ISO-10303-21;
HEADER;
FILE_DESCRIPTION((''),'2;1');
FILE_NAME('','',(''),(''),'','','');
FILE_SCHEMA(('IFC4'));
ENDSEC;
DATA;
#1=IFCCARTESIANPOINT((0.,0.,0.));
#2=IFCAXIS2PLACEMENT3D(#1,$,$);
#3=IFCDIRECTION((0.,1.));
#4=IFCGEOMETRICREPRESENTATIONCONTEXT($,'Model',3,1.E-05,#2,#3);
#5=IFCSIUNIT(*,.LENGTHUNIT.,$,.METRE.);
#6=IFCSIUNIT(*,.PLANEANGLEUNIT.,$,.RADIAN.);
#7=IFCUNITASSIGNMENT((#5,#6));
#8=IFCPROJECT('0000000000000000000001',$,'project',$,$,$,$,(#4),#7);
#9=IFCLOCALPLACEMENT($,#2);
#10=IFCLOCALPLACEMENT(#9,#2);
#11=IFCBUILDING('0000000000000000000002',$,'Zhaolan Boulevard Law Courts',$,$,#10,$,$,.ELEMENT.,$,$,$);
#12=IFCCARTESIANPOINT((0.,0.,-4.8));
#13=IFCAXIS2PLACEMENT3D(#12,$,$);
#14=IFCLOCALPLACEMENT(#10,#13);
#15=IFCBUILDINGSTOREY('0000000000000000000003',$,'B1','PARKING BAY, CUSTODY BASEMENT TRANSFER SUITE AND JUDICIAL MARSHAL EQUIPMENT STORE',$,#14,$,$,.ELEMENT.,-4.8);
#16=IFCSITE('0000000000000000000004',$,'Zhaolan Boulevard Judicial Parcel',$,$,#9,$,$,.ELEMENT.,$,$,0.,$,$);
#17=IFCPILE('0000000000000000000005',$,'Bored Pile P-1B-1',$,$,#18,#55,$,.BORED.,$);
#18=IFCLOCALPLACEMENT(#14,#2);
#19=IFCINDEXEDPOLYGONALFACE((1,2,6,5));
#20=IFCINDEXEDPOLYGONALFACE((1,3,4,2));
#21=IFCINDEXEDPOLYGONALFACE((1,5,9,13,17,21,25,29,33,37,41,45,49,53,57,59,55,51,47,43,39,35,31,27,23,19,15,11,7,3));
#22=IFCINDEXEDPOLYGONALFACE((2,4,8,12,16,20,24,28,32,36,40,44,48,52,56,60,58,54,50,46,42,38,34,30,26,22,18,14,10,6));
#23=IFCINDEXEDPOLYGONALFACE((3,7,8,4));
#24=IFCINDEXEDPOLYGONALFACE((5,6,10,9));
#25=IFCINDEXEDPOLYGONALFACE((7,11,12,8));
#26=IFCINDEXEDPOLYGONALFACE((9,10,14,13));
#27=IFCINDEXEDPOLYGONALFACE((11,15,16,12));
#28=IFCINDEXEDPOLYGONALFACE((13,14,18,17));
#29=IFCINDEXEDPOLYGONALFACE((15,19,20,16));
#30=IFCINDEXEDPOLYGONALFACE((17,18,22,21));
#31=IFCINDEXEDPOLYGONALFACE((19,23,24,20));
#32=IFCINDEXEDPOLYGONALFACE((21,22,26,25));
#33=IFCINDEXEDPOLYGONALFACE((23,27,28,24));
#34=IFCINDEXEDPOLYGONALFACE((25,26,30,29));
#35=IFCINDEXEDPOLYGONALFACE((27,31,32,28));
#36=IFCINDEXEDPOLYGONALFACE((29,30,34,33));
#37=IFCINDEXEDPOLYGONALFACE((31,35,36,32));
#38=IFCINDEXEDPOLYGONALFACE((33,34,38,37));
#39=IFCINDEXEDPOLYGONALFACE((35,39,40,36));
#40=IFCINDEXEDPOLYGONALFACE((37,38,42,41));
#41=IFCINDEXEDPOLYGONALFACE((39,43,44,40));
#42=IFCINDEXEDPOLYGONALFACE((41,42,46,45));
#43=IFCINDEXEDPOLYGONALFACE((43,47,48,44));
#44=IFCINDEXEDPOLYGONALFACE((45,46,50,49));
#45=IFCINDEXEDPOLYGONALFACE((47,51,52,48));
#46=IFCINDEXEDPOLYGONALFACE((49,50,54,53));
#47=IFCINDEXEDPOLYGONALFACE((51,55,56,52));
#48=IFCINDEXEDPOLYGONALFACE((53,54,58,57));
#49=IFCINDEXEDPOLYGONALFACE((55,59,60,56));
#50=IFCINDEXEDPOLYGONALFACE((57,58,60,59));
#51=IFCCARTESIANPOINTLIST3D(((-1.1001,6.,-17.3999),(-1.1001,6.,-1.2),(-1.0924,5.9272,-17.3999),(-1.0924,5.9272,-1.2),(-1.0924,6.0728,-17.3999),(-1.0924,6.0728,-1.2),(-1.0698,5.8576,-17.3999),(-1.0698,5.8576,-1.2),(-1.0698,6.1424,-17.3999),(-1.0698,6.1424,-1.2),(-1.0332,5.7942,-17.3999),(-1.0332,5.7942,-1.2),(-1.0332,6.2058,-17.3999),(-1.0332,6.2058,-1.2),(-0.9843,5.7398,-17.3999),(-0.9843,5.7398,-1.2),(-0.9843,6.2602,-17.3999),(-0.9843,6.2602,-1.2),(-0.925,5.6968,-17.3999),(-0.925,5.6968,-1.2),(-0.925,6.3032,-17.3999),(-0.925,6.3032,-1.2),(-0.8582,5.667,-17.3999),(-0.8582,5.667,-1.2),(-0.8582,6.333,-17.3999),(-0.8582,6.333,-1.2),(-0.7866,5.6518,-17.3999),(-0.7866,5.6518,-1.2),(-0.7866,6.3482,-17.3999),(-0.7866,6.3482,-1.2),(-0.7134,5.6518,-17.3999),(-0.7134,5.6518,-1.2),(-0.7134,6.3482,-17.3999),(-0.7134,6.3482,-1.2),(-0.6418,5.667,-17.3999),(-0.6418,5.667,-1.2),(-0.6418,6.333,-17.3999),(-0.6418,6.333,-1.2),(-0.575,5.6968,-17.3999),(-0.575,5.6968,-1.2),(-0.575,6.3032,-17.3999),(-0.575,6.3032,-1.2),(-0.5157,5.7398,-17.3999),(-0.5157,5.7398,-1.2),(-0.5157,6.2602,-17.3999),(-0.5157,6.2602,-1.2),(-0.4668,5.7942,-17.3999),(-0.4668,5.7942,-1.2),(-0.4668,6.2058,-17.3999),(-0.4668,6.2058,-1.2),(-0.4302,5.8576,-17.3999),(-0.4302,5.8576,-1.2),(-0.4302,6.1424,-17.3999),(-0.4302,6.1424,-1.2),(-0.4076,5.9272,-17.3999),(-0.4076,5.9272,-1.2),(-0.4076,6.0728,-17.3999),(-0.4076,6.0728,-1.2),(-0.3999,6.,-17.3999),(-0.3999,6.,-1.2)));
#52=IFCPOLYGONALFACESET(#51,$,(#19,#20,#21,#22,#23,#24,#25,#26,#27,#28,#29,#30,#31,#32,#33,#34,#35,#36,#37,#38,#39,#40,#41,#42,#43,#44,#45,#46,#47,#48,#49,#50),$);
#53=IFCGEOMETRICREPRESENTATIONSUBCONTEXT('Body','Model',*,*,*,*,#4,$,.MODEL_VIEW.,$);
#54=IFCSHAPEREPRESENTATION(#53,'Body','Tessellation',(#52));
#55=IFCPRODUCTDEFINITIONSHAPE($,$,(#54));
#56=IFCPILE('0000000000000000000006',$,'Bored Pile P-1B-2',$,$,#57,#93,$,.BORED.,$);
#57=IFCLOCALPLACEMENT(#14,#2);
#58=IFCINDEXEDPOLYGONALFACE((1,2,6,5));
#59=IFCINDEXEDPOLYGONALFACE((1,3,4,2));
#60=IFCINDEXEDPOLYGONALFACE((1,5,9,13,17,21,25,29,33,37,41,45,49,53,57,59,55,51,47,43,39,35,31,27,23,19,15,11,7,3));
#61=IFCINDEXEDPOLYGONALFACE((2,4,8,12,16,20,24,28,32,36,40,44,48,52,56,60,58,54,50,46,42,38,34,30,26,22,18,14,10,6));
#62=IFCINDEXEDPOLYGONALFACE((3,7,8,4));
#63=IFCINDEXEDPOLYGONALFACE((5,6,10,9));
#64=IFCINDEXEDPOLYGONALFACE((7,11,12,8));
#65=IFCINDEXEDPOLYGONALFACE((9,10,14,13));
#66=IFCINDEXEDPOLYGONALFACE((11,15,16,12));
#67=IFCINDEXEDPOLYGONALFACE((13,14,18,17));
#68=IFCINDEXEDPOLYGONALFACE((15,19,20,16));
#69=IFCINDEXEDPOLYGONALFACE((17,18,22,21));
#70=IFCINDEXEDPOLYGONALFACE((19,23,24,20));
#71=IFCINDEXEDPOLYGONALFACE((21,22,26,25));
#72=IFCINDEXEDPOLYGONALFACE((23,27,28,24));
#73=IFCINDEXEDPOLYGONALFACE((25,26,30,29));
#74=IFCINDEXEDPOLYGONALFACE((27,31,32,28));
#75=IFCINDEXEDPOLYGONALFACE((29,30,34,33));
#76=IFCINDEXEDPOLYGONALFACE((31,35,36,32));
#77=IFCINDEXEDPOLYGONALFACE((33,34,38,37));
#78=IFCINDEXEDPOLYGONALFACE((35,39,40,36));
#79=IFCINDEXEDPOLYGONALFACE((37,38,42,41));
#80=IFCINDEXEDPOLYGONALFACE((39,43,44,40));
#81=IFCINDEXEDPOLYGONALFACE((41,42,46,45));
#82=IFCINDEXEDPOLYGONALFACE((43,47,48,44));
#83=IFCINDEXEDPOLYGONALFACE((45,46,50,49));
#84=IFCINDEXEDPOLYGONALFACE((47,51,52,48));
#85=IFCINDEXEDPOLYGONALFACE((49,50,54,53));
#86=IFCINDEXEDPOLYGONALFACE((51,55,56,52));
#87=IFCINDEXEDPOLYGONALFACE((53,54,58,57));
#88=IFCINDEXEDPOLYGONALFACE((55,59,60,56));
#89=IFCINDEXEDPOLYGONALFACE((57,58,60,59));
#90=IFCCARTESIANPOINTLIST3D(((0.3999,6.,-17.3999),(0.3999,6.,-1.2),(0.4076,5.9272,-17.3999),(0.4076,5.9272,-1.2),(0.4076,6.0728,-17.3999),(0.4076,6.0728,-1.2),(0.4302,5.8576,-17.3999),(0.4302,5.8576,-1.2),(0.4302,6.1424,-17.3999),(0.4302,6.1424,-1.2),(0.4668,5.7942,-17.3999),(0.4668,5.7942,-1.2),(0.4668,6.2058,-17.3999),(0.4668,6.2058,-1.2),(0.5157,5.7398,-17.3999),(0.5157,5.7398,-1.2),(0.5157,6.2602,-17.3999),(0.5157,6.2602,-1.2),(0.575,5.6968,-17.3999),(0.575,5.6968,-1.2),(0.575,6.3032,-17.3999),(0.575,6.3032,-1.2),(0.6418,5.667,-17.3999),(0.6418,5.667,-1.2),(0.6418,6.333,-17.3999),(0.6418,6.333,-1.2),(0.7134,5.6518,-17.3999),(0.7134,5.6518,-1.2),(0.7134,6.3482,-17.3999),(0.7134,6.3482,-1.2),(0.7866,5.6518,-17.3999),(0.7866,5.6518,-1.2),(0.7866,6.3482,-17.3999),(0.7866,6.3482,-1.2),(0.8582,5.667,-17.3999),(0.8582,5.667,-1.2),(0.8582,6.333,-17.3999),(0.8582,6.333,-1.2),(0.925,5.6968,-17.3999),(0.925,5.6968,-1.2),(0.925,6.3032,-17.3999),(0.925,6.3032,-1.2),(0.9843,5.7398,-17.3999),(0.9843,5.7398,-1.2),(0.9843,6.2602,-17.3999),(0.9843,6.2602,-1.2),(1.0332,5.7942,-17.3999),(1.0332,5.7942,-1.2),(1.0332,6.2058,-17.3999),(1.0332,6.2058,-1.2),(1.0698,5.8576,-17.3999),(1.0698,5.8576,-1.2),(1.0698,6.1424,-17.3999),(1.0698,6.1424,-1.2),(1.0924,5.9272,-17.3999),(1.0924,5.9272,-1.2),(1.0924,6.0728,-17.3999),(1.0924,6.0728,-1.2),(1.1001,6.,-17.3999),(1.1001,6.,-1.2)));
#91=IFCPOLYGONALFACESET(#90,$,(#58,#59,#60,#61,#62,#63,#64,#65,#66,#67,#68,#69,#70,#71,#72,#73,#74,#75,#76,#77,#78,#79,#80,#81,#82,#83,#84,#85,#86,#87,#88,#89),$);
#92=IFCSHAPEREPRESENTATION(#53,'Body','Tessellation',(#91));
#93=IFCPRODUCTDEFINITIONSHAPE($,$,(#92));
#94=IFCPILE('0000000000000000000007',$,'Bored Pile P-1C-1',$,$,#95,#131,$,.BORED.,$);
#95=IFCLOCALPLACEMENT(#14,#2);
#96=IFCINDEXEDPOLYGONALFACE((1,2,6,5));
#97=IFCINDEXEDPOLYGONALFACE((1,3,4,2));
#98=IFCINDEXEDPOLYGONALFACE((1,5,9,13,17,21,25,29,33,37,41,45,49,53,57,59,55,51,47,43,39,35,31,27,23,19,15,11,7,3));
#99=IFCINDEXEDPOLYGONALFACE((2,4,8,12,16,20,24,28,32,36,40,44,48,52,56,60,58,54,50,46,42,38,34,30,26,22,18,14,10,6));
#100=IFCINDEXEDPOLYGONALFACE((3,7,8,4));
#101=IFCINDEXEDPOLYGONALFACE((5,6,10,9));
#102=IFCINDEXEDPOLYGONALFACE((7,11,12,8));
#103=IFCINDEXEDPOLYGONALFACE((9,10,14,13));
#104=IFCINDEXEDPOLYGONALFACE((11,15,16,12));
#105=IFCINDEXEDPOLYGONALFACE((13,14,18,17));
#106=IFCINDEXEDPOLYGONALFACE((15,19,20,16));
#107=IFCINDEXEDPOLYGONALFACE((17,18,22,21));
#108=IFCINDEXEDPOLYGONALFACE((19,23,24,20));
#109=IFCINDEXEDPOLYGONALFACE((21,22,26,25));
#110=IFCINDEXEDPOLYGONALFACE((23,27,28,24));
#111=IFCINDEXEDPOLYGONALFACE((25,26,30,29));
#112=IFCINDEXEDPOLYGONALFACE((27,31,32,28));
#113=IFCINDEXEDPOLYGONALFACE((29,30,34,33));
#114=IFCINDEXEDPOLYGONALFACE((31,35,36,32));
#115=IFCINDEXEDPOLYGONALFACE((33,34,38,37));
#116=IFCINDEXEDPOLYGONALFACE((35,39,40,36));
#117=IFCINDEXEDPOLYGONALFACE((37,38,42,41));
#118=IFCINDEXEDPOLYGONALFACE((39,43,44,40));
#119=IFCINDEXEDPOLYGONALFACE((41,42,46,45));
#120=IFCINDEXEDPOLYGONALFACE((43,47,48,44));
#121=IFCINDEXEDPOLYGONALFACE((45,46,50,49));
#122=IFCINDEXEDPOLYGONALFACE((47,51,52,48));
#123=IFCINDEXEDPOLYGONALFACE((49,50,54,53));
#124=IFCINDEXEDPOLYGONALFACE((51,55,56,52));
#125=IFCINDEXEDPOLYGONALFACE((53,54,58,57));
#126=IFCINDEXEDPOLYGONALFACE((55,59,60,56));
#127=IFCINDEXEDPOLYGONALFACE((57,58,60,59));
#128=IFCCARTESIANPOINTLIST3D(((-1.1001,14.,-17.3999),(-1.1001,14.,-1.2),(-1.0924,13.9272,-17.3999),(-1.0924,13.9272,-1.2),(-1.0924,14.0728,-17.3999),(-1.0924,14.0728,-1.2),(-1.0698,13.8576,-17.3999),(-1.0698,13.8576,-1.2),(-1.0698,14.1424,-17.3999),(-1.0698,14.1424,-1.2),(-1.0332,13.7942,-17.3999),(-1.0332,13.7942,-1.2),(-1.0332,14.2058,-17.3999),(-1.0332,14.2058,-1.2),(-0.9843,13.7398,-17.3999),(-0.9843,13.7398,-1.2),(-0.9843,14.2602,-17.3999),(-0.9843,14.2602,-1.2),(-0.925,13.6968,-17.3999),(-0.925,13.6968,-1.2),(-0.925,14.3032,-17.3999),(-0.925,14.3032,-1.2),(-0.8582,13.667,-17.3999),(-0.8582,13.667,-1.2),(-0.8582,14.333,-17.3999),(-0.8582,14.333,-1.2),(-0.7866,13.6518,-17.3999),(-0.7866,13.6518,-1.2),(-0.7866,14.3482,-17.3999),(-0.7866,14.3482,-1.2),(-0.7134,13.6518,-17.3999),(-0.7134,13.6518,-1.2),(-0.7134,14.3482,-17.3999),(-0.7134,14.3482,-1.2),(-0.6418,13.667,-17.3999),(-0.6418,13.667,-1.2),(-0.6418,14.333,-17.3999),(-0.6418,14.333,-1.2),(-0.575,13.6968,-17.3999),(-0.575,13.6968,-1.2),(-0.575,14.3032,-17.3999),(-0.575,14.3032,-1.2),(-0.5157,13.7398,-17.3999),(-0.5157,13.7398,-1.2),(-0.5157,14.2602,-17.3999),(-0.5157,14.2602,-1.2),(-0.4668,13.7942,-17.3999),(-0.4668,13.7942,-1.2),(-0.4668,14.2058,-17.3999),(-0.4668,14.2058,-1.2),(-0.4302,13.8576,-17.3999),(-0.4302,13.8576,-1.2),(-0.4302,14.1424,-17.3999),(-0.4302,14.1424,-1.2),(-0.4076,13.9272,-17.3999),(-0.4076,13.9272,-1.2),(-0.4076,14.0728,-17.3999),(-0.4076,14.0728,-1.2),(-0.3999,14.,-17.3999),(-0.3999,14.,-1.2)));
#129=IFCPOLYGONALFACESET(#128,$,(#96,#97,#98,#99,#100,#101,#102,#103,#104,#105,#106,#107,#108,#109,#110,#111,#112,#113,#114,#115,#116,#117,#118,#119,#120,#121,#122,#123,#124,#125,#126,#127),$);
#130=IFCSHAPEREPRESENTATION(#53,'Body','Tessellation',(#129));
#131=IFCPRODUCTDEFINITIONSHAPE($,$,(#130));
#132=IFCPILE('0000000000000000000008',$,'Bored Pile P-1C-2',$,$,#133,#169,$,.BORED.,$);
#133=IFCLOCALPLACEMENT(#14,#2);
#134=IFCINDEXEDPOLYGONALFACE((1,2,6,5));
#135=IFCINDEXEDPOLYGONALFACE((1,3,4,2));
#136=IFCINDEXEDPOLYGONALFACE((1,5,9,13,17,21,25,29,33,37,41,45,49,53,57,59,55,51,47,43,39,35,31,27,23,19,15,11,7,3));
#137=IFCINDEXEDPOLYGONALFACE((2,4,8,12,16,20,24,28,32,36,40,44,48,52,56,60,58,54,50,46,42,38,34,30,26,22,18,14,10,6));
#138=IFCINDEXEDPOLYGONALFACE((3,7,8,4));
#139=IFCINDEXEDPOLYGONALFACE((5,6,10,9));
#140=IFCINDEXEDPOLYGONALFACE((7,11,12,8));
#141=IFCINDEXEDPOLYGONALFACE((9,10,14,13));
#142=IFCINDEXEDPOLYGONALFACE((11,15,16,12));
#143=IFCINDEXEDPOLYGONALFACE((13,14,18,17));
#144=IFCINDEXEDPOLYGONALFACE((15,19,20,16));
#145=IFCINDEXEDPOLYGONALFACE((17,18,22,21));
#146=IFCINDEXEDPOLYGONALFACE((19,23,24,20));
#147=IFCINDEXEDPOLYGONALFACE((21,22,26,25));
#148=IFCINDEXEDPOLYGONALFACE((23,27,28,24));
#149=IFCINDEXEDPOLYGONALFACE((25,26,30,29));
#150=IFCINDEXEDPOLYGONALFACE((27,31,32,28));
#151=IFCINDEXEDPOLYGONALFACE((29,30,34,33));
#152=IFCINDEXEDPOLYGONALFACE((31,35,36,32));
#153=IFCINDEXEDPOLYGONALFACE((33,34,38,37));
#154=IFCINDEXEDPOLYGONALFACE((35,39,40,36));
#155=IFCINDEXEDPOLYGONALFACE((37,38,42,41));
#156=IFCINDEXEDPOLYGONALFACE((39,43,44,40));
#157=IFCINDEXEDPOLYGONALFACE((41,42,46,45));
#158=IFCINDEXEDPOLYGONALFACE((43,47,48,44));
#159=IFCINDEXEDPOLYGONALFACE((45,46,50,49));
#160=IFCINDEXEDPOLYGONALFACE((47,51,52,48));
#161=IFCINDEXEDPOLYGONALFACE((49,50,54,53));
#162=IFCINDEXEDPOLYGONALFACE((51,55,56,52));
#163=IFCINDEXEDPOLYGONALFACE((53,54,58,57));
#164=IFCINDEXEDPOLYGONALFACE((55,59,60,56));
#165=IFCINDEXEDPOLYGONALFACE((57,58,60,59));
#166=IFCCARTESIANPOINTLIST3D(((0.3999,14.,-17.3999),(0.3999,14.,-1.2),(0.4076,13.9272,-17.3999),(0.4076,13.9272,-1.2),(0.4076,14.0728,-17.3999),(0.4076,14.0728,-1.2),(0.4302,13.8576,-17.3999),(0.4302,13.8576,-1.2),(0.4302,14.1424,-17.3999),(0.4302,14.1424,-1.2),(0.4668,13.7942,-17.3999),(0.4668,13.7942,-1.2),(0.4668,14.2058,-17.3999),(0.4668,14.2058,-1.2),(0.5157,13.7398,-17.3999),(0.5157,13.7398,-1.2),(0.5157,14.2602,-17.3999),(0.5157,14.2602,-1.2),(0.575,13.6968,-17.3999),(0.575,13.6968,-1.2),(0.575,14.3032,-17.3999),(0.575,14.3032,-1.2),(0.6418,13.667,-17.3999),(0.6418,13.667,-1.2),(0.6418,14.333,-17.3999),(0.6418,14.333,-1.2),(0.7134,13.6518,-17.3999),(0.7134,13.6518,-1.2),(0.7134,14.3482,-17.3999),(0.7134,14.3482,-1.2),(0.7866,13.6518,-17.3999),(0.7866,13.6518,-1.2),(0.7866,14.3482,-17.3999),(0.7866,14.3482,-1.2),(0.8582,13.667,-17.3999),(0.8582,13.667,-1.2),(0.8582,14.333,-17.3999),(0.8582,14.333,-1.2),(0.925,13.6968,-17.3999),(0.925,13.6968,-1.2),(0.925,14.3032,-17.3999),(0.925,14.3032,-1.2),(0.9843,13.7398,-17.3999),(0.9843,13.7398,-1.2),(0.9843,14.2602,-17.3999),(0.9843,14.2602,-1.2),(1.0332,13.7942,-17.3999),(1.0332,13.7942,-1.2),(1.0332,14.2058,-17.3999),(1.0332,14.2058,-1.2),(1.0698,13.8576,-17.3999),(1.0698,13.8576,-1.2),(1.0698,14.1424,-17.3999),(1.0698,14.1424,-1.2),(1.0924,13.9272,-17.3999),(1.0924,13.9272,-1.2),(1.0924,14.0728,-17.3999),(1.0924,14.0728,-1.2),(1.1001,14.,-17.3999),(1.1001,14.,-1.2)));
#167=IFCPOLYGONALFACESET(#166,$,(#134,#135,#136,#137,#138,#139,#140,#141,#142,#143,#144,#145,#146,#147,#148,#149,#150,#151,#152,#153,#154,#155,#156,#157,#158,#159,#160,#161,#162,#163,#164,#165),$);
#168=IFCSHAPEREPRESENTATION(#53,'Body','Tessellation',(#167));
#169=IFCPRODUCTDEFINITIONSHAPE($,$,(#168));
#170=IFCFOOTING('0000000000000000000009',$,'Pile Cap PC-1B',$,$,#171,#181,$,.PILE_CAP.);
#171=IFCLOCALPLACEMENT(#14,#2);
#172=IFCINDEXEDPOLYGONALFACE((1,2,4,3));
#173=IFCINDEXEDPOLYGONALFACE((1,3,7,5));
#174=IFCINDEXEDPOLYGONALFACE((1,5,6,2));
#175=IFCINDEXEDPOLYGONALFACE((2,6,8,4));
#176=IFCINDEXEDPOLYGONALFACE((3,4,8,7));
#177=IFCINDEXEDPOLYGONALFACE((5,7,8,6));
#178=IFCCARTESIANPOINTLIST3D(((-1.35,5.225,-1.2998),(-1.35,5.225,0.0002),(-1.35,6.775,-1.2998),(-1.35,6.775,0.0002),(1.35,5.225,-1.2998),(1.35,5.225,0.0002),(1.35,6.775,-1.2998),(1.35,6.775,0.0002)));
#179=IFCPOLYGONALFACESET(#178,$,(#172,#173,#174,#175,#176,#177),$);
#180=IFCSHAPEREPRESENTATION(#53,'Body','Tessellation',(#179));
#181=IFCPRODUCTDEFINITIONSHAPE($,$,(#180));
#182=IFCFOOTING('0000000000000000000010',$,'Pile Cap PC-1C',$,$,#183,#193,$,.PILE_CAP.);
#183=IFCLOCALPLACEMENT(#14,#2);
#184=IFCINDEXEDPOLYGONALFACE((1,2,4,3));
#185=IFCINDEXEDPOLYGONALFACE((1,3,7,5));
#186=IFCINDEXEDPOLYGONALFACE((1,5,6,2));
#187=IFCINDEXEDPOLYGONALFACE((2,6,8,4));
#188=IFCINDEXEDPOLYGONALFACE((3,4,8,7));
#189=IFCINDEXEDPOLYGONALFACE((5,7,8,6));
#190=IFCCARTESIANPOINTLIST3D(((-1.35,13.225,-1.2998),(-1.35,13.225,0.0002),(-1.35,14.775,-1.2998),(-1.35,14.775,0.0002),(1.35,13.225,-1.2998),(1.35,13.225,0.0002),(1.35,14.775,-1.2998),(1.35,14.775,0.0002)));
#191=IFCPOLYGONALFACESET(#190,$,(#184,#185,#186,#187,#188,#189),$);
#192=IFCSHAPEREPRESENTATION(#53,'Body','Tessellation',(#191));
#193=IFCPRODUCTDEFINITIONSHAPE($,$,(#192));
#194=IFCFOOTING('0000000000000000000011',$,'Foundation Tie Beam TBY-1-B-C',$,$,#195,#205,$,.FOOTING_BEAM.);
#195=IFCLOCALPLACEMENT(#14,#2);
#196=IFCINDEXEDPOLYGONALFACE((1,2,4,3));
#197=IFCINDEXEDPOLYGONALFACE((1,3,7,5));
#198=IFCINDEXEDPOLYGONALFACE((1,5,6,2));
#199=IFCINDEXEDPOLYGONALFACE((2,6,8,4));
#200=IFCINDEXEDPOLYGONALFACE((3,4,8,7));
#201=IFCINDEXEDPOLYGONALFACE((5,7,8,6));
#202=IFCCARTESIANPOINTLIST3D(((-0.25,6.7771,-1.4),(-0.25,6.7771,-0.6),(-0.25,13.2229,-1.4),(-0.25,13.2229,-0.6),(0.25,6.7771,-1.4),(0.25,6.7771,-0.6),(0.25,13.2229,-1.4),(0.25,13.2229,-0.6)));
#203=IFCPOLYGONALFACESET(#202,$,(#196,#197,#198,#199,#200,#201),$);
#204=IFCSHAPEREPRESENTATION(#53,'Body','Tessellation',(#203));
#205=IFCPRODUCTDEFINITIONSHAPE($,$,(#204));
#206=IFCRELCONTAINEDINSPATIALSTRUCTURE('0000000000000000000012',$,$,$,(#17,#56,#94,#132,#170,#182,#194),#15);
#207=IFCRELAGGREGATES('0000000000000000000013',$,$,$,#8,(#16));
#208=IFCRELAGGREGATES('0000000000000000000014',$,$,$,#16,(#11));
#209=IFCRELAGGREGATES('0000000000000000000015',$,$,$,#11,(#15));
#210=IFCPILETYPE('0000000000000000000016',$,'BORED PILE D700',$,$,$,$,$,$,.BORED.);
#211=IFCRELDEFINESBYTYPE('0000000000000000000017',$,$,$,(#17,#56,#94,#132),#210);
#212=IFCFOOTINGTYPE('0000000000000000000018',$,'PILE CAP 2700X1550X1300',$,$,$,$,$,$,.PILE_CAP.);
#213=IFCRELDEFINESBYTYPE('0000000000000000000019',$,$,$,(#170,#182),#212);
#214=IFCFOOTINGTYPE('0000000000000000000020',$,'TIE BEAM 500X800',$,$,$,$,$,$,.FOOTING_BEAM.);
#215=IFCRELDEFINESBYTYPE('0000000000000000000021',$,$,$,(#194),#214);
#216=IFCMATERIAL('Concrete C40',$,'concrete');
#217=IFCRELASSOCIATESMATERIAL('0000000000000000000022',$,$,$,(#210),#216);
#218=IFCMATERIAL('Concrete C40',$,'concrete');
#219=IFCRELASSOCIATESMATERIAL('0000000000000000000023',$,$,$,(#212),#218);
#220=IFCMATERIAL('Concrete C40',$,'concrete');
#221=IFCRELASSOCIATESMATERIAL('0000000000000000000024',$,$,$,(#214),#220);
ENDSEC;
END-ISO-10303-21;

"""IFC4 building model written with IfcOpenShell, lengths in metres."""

from ifc_helpers import new_model, si_unit, direction, frame, origin, origin_2d, place, context, subcontext, project, spatial, rectangle, circle, extrude, material, material_profile, profile_set, type_object, element, save


model = new_model("IFC4")

# Units and contexts
model_context = context("Model", 3, precision=1e-05, world=origin(), true_north=direction((0.0, 1.0)))
body_context = subcontext(model_context, "Body", "Model", "MODEL_VIEW")
ifc_project = project(units=[si_unit("LENGTHUNIT", "METRE"), si_unit("PLANEANGLEUNIT", "RADIAN")], contexts=[model_context])

# Site, building, storey
site_placement = place(None, origin())
site = spatial("IfcSite", under=ifc_project, at=site_placement, Name="Zhaolan Boulevard Judicial Parcel", CompositionType="ELEMENT", RefElevation=0.0)
building_placement = place(site_placement, origin())
building = spatial("IfcBuilding", under=site, at=building_placement, Name="Zhaolan Boulevard Law Courts", CompositionType="ELEMENT")
storey_placement = place(building_placement, frame((0.0, 0.0, -4.8)))
storey = spatial("IfcBuildingStorey", under=building, at=storey_placement, Name="B1", Description="PARKING BAY, CUSTODY BASEMENT TRANSFER SUITE AND JUDICIAL MARSHAL EQUIPMENT STORE", CompositionType="ELEMENT", Elevation=-4.8)

# Piles
ifc_material_1 = material(Name="Concrete C40", Category="concrete")
ifc_material_profile_1 = material_profile(ifc_material_1, circle(Radius=0.3501, at=origin_2d()), Name="PILE-D700")
ifc_profile_set_1 = profile_set([ifc_material_profile_1], Name="Concrete C40")
pile_type = type_object("IfcPileType", Name="BORED PILE D700", PredefinedType="BORED", material=ifc_profile_set_1)
for number, where, z_axis, x_axis, name in (
    (1, (-0.75, 6.0, -1.2), (0.0, 0.0, -1.0), (1.0, 0.0, 0.0), "Bored Pile P-1B-1"),
    (2, (0.75, 6.0, -1.2), (0.0, 0.0, -1.0), (1.0, 0.0, 0.0), "Bored Pile P-1B-2"),
    (3, (-0.75, 14.0, -1.2), (0.0, 0.0, -1.0), (1.0, 0.0, 0.0), "Bored Pile P-1C-1"),
    (4, (0.75, 14.0, -1.2), (0.0, 0.0, -1.0), (1.0, 0.0, 0.0), "Bored Pile P-1C-2"),
):
    element("IfcPile", number, at=place(storey_placement, frame(where, z_axis=z_axis, x_axis=x_axis)), inside=storey, type_object=pile_type, Name=name, PredefinedType="BORED", context=body_context, shape_type="SweptSolid", body=[
        extrude(circle(Radius=0.3501, at=origin_2d()), origin(), (0.0, 0.0, 1.0), 16.2),
    ])

# Footings
ifc_material_2 = material(Name="Concrete C40", Category="concrete")
footing_type_1 = type_object("IfcFootingType", Name="PILE CAP 2700X1550X1300", PredefinedType="PILE_CAP", material=ifc_material_2)
for number, where, z_axis, x_axis, name in (
    (5, (0.0, 6.0, -1.2998), (0.0, 0.0, 1.0), (1.0, 0.0, 0.0), "Pile Cap PC-1B"),
    (6, (0.0, 14.0, -1.2998), (0.0, 0.0, 1.0), (1.0, 0.0, 0.0), "Pile Cap PC-1C"),
):
    element("IfcFooting", number, at=place(storey_placement, frame(where, z_axis=z_axis, x_axis=x_axis)), inside=storey, type_object=footing_type_1, Name=name, PredefinedType="PILE_CAP", context=body_context, shape_type="SweptSolid", body=[
        extrude(rectangle(XDim=2.7, YDim=1.55, at=origin_2d()), origin(), (0.0, 0.0, 1.0), 1.3),
    ])
ifc_material_3 = material(Name="Concrete C40", Category="concrete")
ifc_material_profile_2 = material_profile(ifc_material_3, rectangle(XDim=0.5, YDim=0.8, at=origin_2d()), Name="RC500x800")
ifc_profile_set_2 = profile_set([ifc_material_profile_2], Name="Concrete C40")
footing_type_2 = type_object("IfcFootingType", Name="TIE BEAM 500X800", PredefinedType="FOOTING_BEAM", material=ifc_profile_set_2)
footing_1_placement = place(storey_placement, frame((0.0, 6.7771, -1.0), z_axis=(0.0, 1.0, 0.0), x_axis=(-1.0, 0.0, 0.0)))
element("IfcFooting", 7, at=footing_1_placement, inside=storey, type_object=footing_type_2, Name="Foundation Tie Beam TBY-1-B-C", PredefinedType="FOOTING_BEAM", context=body_context, shape_type="SweptSolid", body=[
    extrude(rectangle(XDim=0.5, YDim=0.8, at=origin_2d()), origin(), (0.0, 0.0, 1.0), 6.4458),
])

save(model, "model.ifc")
